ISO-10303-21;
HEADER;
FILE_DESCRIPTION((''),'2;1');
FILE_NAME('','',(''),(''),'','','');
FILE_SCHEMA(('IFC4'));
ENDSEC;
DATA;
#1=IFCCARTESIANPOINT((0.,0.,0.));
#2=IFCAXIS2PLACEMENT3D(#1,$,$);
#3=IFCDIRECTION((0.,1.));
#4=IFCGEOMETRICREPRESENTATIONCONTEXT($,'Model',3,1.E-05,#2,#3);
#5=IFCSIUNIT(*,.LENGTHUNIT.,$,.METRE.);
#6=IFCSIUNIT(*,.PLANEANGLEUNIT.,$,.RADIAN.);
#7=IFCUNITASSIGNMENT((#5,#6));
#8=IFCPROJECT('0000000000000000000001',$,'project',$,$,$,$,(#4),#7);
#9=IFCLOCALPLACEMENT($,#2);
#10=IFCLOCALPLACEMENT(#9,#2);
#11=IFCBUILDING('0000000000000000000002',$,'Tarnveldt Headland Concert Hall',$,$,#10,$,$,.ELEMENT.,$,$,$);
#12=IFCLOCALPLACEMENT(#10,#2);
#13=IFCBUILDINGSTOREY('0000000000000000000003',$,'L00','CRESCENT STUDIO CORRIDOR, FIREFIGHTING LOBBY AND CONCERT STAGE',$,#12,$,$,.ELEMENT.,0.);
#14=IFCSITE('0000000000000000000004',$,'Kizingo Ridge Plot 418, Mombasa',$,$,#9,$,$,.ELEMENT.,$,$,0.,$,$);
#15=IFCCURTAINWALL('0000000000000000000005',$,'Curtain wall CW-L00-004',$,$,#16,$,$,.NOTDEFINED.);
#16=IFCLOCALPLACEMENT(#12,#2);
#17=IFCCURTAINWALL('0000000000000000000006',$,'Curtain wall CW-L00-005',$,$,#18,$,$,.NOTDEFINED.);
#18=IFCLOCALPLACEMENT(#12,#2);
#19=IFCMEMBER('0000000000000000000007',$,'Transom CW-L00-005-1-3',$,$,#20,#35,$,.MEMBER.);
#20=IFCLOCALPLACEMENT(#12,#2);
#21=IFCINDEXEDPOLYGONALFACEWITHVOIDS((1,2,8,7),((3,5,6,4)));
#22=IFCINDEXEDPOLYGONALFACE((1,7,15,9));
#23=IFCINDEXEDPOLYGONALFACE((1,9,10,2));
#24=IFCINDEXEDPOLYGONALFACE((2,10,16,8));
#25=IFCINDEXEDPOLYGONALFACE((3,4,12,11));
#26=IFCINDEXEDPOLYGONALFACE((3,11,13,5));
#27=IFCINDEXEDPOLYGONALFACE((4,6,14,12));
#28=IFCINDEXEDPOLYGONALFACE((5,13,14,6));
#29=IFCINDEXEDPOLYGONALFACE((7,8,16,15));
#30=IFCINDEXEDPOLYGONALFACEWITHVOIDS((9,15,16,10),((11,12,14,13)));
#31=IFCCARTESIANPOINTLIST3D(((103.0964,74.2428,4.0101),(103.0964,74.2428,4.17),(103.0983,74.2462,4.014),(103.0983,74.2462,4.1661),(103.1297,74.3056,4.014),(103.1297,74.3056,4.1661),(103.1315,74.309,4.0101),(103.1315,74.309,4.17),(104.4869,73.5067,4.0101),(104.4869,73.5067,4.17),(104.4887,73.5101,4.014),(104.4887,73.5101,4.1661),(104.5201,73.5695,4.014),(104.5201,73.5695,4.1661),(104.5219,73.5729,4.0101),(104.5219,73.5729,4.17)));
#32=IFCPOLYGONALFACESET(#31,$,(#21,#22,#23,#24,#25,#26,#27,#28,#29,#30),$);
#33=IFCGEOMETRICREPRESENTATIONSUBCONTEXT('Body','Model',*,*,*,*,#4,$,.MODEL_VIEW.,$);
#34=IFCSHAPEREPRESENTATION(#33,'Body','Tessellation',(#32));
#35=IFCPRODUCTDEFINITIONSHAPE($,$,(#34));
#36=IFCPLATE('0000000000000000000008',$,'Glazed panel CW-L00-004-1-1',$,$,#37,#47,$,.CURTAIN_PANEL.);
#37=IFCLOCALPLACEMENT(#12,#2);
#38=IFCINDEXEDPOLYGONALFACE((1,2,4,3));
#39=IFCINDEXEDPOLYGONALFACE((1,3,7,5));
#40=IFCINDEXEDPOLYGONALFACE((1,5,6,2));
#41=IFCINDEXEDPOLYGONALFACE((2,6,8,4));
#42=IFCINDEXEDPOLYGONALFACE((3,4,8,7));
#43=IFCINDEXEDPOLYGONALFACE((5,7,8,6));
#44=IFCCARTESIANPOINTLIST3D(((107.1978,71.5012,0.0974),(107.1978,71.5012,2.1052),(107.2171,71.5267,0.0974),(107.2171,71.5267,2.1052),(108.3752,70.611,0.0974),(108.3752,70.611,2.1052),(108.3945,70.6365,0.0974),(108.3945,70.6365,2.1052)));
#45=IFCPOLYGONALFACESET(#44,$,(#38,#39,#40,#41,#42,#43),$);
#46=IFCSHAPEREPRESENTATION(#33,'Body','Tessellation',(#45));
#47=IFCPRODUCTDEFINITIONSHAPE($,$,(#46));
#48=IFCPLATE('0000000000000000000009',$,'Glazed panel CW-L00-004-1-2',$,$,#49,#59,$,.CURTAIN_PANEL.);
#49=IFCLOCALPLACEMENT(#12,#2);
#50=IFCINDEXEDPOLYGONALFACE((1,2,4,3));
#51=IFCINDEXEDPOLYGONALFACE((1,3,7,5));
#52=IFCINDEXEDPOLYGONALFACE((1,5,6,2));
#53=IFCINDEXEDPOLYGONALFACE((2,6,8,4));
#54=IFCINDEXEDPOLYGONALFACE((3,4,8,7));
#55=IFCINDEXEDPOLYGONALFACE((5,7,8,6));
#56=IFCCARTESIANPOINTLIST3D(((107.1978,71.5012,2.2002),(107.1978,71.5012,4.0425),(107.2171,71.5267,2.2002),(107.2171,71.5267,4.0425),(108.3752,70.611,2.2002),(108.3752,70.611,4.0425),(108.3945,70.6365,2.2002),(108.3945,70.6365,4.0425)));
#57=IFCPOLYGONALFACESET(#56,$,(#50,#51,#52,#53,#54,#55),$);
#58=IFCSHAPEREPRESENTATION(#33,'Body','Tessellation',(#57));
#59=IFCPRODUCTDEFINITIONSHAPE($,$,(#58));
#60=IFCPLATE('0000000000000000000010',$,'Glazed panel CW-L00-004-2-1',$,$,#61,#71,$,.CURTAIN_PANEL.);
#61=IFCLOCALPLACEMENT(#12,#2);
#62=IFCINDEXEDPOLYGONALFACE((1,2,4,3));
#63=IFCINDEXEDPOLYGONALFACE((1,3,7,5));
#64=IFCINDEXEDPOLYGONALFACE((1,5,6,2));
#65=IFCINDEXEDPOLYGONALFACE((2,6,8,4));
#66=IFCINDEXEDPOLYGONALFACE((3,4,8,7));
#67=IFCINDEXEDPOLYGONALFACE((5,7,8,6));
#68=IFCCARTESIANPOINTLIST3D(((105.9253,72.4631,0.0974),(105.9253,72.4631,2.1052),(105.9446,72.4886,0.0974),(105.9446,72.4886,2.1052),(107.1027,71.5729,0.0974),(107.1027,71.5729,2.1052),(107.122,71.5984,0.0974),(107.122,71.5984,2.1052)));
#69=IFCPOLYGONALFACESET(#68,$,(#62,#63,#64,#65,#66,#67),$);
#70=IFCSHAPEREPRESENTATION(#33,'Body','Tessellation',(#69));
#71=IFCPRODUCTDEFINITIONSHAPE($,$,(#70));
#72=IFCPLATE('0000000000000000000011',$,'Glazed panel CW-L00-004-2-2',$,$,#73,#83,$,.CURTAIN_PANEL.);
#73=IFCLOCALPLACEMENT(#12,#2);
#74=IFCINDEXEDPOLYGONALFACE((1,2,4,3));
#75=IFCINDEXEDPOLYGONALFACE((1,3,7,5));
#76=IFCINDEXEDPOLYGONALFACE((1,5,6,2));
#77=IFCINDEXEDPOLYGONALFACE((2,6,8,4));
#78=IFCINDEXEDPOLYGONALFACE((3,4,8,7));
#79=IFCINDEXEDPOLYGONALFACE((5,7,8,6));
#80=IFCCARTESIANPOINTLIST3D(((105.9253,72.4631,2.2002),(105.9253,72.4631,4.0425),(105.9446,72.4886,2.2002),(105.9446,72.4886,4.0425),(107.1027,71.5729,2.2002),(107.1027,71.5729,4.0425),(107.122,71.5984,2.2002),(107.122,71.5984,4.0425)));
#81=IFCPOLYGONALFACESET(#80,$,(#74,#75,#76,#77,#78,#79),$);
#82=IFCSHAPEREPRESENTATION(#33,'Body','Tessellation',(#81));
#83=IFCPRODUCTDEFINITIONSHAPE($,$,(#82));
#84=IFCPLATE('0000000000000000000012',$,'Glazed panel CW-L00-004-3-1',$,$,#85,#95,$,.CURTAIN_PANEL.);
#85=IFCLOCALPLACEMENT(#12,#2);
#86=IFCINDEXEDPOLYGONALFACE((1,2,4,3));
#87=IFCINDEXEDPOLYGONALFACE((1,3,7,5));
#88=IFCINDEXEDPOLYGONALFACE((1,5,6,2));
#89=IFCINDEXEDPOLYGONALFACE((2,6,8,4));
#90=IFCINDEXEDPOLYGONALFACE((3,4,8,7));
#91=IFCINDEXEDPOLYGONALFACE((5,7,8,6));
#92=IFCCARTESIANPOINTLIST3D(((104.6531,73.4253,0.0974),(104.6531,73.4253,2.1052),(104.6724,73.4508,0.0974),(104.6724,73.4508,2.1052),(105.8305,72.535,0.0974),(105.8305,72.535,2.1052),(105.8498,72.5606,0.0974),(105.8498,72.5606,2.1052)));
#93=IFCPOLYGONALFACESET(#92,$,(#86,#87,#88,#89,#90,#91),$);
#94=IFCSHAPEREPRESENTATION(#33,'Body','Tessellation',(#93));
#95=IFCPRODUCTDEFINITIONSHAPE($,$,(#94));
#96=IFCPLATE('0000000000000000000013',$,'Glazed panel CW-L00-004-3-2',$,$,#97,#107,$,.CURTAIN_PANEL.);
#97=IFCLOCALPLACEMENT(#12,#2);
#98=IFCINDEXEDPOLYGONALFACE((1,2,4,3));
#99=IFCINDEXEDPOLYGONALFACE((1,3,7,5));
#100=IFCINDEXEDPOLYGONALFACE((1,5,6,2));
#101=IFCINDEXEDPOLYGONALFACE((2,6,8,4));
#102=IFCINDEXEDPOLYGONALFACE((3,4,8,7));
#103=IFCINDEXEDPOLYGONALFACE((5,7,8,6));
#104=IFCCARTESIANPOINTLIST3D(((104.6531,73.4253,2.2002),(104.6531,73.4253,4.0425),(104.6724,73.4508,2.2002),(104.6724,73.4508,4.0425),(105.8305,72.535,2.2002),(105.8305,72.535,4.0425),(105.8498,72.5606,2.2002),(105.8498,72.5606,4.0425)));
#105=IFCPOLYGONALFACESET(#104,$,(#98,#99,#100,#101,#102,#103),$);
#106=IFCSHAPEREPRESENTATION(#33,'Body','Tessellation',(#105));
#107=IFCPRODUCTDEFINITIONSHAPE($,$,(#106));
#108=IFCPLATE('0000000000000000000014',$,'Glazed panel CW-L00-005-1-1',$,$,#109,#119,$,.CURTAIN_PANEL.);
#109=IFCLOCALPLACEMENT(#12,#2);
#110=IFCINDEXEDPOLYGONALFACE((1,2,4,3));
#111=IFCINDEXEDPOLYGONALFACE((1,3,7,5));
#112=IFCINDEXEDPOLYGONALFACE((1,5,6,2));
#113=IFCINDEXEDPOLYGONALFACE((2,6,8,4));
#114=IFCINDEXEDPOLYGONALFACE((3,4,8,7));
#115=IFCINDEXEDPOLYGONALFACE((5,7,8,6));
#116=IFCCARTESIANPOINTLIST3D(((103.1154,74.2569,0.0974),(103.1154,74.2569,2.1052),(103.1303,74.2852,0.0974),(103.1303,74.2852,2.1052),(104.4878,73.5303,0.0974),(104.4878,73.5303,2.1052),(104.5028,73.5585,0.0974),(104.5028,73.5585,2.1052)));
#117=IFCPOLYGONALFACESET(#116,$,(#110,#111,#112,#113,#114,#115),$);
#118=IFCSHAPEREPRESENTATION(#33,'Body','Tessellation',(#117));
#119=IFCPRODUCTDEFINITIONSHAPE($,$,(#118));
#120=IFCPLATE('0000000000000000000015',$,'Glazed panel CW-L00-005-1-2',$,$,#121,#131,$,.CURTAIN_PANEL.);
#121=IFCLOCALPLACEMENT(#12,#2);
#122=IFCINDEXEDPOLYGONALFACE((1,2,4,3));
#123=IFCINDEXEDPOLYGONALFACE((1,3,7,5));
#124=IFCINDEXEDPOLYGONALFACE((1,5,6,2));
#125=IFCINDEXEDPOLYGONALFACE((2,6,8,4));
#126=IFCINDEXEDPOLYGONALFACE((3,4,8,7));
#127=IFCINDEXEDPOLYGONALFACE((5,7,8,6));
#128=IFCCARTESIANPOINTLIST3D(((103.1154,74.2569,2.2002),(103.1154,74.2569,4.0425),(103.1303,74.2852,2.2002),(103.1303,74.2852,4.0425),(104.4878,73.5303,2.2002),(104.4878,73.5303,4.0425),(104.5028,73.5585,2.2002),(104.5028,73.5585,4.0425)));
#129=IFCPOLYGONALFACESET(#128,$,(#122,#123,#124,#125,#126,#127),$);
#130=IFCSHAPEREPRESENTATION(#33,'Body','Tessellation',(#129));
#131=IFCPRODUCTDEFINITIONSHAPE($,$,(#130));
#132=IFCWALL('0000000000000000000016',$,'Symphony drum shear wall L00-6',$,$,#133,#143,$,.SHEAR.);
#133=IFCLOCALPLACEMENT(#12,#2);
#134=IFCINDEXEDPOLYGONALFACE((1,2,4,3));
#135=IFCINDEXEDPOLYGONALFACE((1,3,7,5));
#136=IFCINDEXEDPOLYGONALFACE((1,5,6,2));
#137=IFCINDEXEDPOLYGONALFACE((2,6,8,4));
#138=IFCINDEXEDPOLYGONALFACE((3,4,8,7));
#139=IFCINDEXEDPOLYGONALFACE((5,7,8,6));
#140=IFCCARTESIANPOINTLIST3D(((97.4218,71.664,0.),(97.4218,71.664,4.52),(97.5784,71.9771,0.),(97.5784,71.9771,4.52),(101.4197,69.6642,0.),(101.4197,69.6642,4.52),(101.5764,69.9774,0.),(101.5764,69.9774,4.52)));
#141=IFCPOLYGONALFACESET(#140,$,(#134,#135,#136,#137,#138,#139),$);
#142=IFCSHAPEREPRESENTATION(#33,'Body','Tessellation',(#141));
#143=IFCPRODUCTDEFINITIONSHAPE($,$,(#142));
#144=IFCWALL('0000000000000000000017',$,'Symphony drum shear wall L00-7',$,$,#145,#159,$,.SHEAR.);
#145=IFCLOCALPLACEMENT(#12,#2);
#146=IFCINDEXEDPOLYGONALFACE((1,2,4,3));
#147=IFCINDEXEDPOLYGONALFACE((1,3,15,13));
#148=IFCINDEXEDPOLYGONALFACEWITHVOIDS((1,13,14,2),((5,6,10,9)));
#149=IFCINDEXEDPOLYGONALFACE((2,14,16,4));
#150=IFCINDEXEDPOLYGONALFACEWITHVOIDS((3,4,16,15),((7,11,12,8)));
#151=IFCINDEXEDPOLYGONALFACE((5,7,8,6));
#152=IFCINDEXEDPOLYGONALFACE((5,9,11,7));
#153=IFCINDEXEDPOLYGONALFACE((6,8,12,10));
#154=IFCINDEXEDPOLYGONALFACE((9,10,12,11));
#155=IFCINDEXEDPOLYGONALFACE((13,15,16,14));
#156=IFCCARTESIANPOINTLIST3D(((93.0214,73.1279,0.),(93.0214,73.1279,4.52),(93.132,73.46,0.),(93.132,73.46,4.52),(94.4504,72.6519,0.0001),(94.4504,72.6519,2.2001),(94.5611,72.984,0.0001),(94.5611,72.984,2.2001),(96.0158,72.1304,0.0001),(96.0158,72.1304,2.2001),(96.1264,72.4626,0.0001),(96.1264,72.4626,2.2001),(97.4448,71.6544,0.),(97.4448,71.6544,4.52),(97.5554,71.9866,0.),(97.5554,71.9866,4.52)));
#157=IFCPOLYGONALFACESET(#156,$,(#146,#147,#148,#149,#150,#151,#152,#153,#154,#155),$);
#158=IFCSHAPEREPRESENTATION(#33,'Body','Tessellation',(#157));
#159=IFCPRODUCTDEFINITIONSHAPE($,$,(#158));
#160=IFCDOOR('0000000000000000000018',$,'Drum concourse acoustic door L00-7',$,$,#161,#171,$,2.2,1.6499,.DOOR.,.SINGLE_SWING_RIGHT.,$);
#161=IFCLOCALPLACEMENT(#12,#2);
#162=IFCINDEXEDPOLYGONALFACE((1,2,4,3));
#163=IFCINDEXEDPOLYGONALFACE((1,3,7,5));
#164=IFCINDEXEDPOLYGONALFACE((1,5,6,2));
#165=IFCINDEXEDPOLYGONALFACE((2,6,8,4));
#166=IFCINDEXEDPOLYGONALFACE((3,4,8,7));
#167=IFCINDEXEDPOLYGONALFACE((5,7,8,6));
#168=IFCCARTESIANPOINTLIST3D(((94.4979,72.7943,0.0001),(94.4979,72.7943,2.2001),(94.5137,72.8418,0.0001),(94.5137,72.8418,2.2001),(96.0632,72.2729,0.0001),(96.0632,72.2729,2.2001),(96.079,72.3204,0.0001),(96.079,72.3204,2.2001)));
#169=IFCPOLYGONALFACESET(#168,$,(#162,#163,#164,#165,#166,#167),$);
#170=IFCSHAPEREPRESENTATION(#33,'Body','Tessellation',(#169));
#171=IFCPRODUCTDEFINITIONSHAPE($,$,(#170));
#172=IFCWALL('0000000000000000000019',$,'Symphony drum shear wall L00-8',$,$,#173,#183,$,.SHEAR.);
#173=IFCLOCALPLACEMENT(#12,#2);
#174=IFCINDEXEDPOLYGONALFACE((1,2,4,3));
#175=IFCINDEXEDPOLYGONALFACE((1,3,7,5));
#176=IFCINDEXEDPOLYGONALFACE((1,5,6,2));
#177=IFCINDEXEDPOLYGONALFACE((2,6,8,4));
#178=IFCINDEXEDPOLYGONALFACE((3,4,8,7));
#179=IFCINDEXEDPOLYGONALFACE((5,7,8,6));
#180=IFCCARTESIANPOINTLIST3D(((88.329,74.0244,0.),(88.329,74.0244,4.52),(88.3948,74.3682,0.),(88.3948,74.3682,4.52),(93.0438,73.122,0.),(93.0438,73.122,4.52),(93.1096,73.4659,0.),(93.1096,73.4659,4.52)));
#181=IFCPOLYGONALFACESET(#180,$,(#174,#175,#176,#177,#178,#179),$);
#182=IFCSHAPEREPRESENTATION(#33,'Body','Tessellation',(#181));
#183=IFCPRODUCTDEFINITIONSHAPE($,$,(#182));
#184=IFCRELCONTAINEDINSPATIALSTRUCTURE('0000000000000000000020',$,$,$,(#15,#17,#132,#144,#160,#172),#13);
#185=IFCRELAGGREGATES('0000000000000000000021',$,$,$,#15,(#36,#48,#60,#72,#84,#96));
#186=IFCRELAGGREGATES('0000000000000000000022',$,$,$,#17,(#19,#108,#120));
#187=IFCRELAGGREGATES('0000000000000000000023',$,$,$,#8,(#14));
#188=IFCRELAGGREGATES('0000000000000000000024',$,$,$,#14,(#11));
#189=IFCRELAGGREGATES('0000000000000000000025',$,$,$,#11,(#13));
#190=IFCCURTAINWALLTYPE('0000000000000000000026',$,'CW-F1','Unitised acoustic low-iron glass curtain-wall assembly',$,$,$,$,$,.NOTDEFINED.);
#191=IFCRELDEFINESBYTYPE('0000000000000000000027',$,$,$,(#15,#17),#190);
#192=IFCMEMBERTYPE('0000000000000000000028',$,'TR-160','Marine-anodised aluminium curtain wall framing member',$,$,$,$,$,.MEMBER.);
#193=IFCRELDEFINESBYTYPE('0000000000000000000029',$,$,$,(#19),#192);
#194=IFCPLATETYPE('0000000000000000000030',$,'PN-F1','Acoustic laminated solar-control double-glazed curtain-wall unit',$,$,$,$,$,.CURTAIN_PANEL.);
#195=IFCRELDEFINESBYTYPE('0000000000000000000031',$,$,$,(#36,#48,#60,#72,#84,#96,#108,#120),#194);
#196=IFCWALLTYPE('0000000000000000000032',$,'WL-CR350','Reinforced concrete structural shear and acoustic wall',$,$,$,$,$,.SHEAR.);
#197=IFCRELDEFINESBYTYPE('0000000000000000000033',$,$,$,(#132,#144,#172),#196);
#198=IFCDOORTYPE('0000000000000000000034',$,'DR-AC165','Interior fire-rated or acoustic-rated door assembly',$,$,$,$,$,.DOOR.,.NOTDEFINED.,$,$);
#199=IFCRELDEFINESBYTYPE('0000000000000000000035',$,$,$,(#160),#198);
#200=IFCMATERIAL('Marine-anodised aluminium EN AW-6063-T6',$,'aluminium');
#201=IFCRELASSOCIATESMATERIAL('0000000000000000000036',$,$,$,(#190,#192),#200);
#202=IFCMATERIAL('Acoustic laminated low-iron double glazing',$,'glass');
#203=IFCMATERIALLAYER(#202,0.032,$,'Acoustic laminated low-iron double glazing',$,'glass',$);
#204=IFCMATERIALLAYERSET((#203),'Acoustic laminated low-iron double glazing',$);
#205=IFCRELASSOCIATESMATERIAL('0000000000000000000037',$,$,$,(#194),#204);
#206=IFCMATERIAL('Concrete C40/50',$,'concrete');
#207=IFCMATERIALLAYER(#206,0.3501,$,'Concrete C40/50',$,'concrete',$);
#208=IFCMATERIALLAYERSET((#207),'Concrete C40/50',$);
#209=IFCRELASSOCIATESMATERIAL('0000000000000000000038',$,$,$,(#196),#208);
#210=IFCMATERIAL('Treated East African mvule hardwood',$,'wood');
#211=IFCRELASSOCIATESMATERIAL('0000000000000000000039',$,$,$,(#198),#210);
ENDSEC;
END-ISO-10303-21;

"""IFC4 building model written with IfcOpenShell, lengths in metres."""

from ifc_helpers import new_model, si_unit, direction, frame, frame_2d, origin, origin_2d, place, context, subcontext, project, spatial, rectangle, hollow_rectangle, extrude, material, layer, layer_set, material_profile, profile_set, type_object, element, fill, aggregate, save


model = new_model("IFC4")

# Units and contexts
model_context = context("Model", 3, precision=1e-05, world=origin(), true_north=direction((0.0, 1.0)))
body_context = subcontext(model_context, "Body", "Model", "MODEL_VIEW")
ifc_project = project(units=[si_unit("LENGTHUNIT", "METRE"), si_unit("PLANEANGLEUNIT", "RADIAN")], contexts=[model_context])

# Site, building, storey
site_placement = place(None, origin())
site = spatial("IfcSite", under=ifc_project, at=site_placement, Name="Kizingo Ridge Plot 418, Mombasa", CompositionType="ELEMENT", RefElevation=0.0)
building_placement = place(site_placement, origin())
building = spatial("IfcBuilding", under=site, at=building_placement, Name="Tarnveldt Headland Concert Hall", CompositionType="ELEMENT")
storey_placement = place(building_placement, origin())
storey = spatial("IfcBuildingStorey", under=building, at=storey_placement, Name="L00", Description="CRESCENT STUDIO CORRIDOR, FIREFIGHTING LOBBY AND CONCERT STAGE", CompositionType="ELEMENT", Elevation=0.0)

# Shared definitions
ifc_material_1 = material(Name="Concrete C40/50", Category="concrete")

# Curtain wall
ifc_material_2 = material(Name="Marine-anodised aluminium EN AW-6063-T6", Category="aluminium")
curtain_wall_type = type_object("IfcCurtainWallType", Name="CW-F1", Description="Unitised acoustic low-iron glass curtain-wall assembly", PredefinedType="NOTDEFINED", material=ifc_material_2)
curtain_wall_1_placement = place(storey_placement, origin())
curtain_wall_1 = element("IfcCurtainWall", 1, at=curtain_wall_1_placement, inside=storey, type_object=curtain_wall_type, Name="Curtain wall CW-L00-004", PredefinedType="NOTDEFINED")

# Curtain wall
curtain_wall_2_placement = place(storey_placement, origin())
curtain_wall_2 = element("IfcCurtainWall", 2, at=curtain_wall_2_placement, inside=storey, type_object=curtain_wall_type, Name="Curtain wall CW-L00-005", PredefinedType="NOTDEFINED")

# Member
ifc_material_profile_1 = material_profile(ifc_material_2, hollow_rectangle(XDim=0.075, YDim=0.1599, WallThickness=0.0039, at=origin_2d()), Name="ALU TRANSOM 75x160x4", Category="aluminium")
ifc_profile_set_1 = profile_set([ifc_material_profile_1], Name="Marine-anodised aluminium EN AW-6063-T6")
member_type_1 = type_object("IfcMemberType", Name="TR-160", Description="Marine-anodised aluminium curtain wall framing member", PredefinedType="MEMBER", material=ifc_profile_set_1)
member_1_placement = place(storey_placement, frame((104.5044, 73.5398, 4.0901), z_axis=(-0.883788, 0.467888, 0.0), x_axis=(-0.467888, -0.883788, 0.0)))
member_1 = element("IfcMember", 3, at=member_1_placement, type_object=member_type_1, Name="Transom CW-L00-005-1-3", PredefinedType="MEMBER", context=body_context, shape_type="SweptSolid", body=[
    extrude(hollow_rectangle(XDim=0.075, YDim=0.1599, WallThickness=0.0039, at=origin_2d()), origin(), (0.0, 0.0, 1.0), 1.5732),
])

# Plates
ifc_material_3 = material(Name="Acoustic laminated low-iron double glazing", Category="glass")
ifc_layer_1 = layer(ifc_material_3, 0.032, Name="Acoustic laminated low-iron double glazing", Category="glass")
ifc_layer_set_1 = layer_set([ifc_layer_1], Name="Acoustic laminated low-iron double glazing")
plate_type = type_object("IfcPlateType", Name="PN-F1", Description="Acoustic laminated solar-control double-glazed curtain-wall unit", PredefinedType="CURTAIN_PANEL", material=ifc_layer_set_1)
plate_1_placement = place(storey_placement, frame((107.7961, 71.0688, 0.0974), z_axis=(0.0, 0.0, 1.0), x_axis=(-0.797658, 0.603111, 0.0)))
plate_1 = element("IfcPlate", 4, at=plate_1_placement, type_object=plate_type, Name="Glazed panel CW-L00-004-1-1", PredefinedType="CURTAIN_PANEL", context=body_context, shape_type="SweptSolid", body=[
    extrude(rectangle(XDim=1.4761, YDim=0.032, at=origin_2d()), origin(), (0.0, 0.0, 1.0), 2.0078),
])
plate_2_placement = place(storey_placement, frame((107.7961, 71.0688, 2.2002), z_axis=(0.0, 0.0, 1.0), x_axis=(-0.797658, 0.603111, 0.0)))
plate_2 = element("IfcPlate", 5, at=plate_2_placement, type_object=plate_type, Name="Glazed panel CW-L00-004-1-2", PredefinedType="CURTAIN_PANEL", context=body_context, shape_type="SweptSolid", body=[
    extrude(rectangle(XDim=1.4761, YDim=0.032, at=origin_2d()), origin(), (0.0, 0.0, 1.0), 1.8423),
])
plate_3_placement = place(storey_placement, frame((106.5237, 72.0308, 0.0974), z_axis=(0.0, 0.0, 1.0), x_axis=(-0.797658, 0.603111, 0.0)))
plate_3 = element("IfcPlate", 6, at=plate_3_placement, type_object=plate_type, Name="Glazed panel CW-L00-004-2-1", PredefinedType="CURTAIN_PANEL", context=body_context, shape_type="SweptSolid", body=[
    extrude(rectangle(XDim=1.4761, YDim=0.032, at=origin_2d()), origin(), (0.0, 0.0, 1.0), 2.0078),
])
plate_4_placement = place(storey_placement, frame((106.5237, 72.0308, 2.2002), z_axis=(0.0, 0.0, 1.0), x_axis=(-0.797658, 0.603111, 0.0)))
plate_4 = element("IfcPlate", 7, at=plate_4_placement, type_object=plate_type, Name="Glazed panel CW-L00-004-2-2", PredefinedType="CURTAIN_PANEL", context=body_context, shape_type="SweptSolid", body=[
    extrude(rectangle(XDim=1.4761, YDim=0.032, at=origin_2d()), origin(), (0.0, 0.0, 1.0), 1.8423),
])
plate_5_placement = place(storey_placement, frame((105.2515, 72.9929, 0.0974), z_axis=(0.0, 0.0, 1.0), x_axis=(-0.797658, 0.603111, 0.0)))
plate_5 = element("IfcPlate", 8, at=plate_5_placement, type_object=plate_type, Name="Glazed panel CW-L00-004-3-1", PredefinedType="CURTAIN_PANEL", context=body_context, shape_type="SweptSolid", body=[
    extrude(rectangle(XDim=1.4761, YDim=0.032, at=origin_2d()), origin(), (0.0, 0.0, 1.0), 2.0078),
])
plate_6_placement = place(storey_placement, frame((105.2515, 72.9929, 2.2002), z_axis=(0.0, 0.0, 1.0), x_axis=(-0.797658, 0.603111, 0.0)))
plate_6 = element("IfcPlate", 9, at=plate_6_placement, type_object=plate_type, Name="Glazed panel CW-L00-004-3-2", PredefinedType="CURTAIN_PANEL", context=body_context, shape_type="SweptSolid", body=[
    extrude(rectangle(XDim=1.4761, YDim=0.032, at=origin_2d()), origin(), (0.0, 0.0, 1.0), 1.8423),
])
aggregate(curtain_wall_1, [plate_1, plate_2, plate_3, plate_4, plate_5, plate_6])
plate_7_placement = place(storey_placement, frame((103.8091, 73.9077, 0.0974), z_axis=(0.0, 0.0, 1.0), x_axis=(-0.883782, 0.467899, 0.0)))
plate_7 = element("IfcPlate", 10, at=plate_7_placement, type_object=plate_type, Name="Glazed panel CW-L00-005-1-1", PredefinedType="CURTAIN_PANEL", context=body_context, shape_type="SweptSolid", body=[
    extrude(rectangle(XDim=1.553, YDim=0.032, at=origin_2d()), origin(), (0.0, 0.0, 1.0), 2.0078),
])
plate_8_placement = place(storey_placement, frame((103.8091, 73.9077, 2.2002), z_axis=(0.0, 0.0, 1.0), x_axis=(-0.883782, 0.467899, 0.0)))
plate_8 = element("IfcPlate", 11, at=plate_8_placement, type_object=plate_type, Name="Glazed panel CW-L00-005-1-2", PredefinedType="CURTAIN_PANEL", context=body_context, shape_type="SweptSolid", body=[
    extrude(rectangle(XDim=1.553, YDim=0.032, at=origin_2d()), origin(), (0.0, 0.0, 1.0), 1.8423),
])
aggregate(curtain_wall_2, [member_1, plate_7, plate_8])

# Wall
ifc_layer_2 = layer(ifc_material_1, 0.3501, Name="Concrete C40/50", Category="concrete")
ifc_layer_set_2 = layer_set([ifc_layer_2], Name="Concrete C40/50")
wall_type = type_object("IfcWallType", Name="WL-CR350", Description="Reinforced concrete structural shear and acoustic wall", PredefinedType="SHEAR", material=ifc_layer_set_2)
wall_1_placement = place(storey_placement, frame((101.498, 69.8208, 0.0), z_axis=(0.0, 0.0, 1.0), x_axis=(-0.894362, 0.447345, 0.0)))
element("IfcWall", 12, at=wall_1_placement, inside=storey, type_object=wall_type, Name="Symphony drum shear wall L00-6", PredefinedType="SHEAR", context=body_context, shape_type="SweptSolid", body=[
    extrude(rectangle(XDim=4.4702, YDim=0.3501, at=frame_2d((2.2351, 0.0))), origin(), (0.0, 0.0, 1.0), 4.52),
])

# Wall, opening, door
wall_2_placement = place(storey_placement, frame((97.5, 71.8206, 0.0), z_axis=(0.0, 0.0, 1.0), x_axis=(-0.948751, 0.316024, 0.0)))
wall_2 = element("IfcWall", 13, at=wall_2_placement, inside=storey, type_object=wall_type, Name="Symphony drum shear wall L00-7", PredefinedType="SHEAR", context=body_context, shape_type="SweptSolid", body=[
    extrude(rectangle(XDim=4.6624, YDim=0.3501, at=frame_2d((2.3311, 0.0))), origin(), (0.0, 0.0, 1.0), 4.52),
])
opening_placement = place(wall_2_placement, frame((1.5061, 0.0, 0.0)))
opening = element("IfcOpeningElement", 14, at=opening_placement, cuts=wall_2, PredefinedType="OPENING", context=body_context, shape_type="SweptSolid", body=[
    extrude(rectangle(XDim=1.6499, YDim=2.2, at=frame_2d((0.825, 1.1001))), frame((0.0, 0.1851, 0.0), z_axis=(0.0, -1.0, 0.0), x_axis=(1.0, 0.0, 0.0)), (0.0, 0.0, 1.0), 0.3701),
])
ifc_material_4 = material(Name="Treated East African mvule hardwood", Category="wood")
door_type = type_object("IfcDoorType", Name="DR-AC165", Description="Interior fire-rated or acoustic-rated door assembly", OperationType="NOTDEFINED", PredefinedType="DOOR", material=ifc_material_4)
door_placement = place(opening_placement, origin())
door = element("IfcDoor", 15, at=door_placement, inside=storey, type_object=door_type, Name="Drum concourse acoustic door L00-7", OperationType="SINGLE_SWING_RIGHT", OverallHeight=2.2, OverallWidth=1.6499, PredefinedType="DOOR", context=body_context, shape_type="SweptSolid", body=[
    extrude(rectangle(XDim=1.6499, YDim=2.2, at=frame_2d((0.825, 1.1001))), frame((0.0, 0.0249, 0.0), z_axis=(0.0, -1.0, 0.0), x_axis=(1.0, 0.0, 0.0)), (0.0, 0.0, 1.0), 0.05),
])
fill(opening, door)

# Wall
wall_3_placement = place(storey_placement, frame((93.0767, 73.2939, 0.0), z_axis=(0.0, 0.0, 1.0), x_axis=(-0.982173, 0.187981, 0.0)))
element("IfcWall", 16, at=wall_3_placement, inside=storey, type_object=wall_type, Name="Symphony drum shear wall L00-8", PredefinedType="SHEAR", context=body_context, shape_type="SweptSolid", body=[
    extrude(rectangle(XDim=4.8003, YDim=0.3501, at=frame_2d((2.4001, 0.0))), origin(), (0.0, 0.0, 1.0), 4.52),
])

save(model, "model.ifc")
